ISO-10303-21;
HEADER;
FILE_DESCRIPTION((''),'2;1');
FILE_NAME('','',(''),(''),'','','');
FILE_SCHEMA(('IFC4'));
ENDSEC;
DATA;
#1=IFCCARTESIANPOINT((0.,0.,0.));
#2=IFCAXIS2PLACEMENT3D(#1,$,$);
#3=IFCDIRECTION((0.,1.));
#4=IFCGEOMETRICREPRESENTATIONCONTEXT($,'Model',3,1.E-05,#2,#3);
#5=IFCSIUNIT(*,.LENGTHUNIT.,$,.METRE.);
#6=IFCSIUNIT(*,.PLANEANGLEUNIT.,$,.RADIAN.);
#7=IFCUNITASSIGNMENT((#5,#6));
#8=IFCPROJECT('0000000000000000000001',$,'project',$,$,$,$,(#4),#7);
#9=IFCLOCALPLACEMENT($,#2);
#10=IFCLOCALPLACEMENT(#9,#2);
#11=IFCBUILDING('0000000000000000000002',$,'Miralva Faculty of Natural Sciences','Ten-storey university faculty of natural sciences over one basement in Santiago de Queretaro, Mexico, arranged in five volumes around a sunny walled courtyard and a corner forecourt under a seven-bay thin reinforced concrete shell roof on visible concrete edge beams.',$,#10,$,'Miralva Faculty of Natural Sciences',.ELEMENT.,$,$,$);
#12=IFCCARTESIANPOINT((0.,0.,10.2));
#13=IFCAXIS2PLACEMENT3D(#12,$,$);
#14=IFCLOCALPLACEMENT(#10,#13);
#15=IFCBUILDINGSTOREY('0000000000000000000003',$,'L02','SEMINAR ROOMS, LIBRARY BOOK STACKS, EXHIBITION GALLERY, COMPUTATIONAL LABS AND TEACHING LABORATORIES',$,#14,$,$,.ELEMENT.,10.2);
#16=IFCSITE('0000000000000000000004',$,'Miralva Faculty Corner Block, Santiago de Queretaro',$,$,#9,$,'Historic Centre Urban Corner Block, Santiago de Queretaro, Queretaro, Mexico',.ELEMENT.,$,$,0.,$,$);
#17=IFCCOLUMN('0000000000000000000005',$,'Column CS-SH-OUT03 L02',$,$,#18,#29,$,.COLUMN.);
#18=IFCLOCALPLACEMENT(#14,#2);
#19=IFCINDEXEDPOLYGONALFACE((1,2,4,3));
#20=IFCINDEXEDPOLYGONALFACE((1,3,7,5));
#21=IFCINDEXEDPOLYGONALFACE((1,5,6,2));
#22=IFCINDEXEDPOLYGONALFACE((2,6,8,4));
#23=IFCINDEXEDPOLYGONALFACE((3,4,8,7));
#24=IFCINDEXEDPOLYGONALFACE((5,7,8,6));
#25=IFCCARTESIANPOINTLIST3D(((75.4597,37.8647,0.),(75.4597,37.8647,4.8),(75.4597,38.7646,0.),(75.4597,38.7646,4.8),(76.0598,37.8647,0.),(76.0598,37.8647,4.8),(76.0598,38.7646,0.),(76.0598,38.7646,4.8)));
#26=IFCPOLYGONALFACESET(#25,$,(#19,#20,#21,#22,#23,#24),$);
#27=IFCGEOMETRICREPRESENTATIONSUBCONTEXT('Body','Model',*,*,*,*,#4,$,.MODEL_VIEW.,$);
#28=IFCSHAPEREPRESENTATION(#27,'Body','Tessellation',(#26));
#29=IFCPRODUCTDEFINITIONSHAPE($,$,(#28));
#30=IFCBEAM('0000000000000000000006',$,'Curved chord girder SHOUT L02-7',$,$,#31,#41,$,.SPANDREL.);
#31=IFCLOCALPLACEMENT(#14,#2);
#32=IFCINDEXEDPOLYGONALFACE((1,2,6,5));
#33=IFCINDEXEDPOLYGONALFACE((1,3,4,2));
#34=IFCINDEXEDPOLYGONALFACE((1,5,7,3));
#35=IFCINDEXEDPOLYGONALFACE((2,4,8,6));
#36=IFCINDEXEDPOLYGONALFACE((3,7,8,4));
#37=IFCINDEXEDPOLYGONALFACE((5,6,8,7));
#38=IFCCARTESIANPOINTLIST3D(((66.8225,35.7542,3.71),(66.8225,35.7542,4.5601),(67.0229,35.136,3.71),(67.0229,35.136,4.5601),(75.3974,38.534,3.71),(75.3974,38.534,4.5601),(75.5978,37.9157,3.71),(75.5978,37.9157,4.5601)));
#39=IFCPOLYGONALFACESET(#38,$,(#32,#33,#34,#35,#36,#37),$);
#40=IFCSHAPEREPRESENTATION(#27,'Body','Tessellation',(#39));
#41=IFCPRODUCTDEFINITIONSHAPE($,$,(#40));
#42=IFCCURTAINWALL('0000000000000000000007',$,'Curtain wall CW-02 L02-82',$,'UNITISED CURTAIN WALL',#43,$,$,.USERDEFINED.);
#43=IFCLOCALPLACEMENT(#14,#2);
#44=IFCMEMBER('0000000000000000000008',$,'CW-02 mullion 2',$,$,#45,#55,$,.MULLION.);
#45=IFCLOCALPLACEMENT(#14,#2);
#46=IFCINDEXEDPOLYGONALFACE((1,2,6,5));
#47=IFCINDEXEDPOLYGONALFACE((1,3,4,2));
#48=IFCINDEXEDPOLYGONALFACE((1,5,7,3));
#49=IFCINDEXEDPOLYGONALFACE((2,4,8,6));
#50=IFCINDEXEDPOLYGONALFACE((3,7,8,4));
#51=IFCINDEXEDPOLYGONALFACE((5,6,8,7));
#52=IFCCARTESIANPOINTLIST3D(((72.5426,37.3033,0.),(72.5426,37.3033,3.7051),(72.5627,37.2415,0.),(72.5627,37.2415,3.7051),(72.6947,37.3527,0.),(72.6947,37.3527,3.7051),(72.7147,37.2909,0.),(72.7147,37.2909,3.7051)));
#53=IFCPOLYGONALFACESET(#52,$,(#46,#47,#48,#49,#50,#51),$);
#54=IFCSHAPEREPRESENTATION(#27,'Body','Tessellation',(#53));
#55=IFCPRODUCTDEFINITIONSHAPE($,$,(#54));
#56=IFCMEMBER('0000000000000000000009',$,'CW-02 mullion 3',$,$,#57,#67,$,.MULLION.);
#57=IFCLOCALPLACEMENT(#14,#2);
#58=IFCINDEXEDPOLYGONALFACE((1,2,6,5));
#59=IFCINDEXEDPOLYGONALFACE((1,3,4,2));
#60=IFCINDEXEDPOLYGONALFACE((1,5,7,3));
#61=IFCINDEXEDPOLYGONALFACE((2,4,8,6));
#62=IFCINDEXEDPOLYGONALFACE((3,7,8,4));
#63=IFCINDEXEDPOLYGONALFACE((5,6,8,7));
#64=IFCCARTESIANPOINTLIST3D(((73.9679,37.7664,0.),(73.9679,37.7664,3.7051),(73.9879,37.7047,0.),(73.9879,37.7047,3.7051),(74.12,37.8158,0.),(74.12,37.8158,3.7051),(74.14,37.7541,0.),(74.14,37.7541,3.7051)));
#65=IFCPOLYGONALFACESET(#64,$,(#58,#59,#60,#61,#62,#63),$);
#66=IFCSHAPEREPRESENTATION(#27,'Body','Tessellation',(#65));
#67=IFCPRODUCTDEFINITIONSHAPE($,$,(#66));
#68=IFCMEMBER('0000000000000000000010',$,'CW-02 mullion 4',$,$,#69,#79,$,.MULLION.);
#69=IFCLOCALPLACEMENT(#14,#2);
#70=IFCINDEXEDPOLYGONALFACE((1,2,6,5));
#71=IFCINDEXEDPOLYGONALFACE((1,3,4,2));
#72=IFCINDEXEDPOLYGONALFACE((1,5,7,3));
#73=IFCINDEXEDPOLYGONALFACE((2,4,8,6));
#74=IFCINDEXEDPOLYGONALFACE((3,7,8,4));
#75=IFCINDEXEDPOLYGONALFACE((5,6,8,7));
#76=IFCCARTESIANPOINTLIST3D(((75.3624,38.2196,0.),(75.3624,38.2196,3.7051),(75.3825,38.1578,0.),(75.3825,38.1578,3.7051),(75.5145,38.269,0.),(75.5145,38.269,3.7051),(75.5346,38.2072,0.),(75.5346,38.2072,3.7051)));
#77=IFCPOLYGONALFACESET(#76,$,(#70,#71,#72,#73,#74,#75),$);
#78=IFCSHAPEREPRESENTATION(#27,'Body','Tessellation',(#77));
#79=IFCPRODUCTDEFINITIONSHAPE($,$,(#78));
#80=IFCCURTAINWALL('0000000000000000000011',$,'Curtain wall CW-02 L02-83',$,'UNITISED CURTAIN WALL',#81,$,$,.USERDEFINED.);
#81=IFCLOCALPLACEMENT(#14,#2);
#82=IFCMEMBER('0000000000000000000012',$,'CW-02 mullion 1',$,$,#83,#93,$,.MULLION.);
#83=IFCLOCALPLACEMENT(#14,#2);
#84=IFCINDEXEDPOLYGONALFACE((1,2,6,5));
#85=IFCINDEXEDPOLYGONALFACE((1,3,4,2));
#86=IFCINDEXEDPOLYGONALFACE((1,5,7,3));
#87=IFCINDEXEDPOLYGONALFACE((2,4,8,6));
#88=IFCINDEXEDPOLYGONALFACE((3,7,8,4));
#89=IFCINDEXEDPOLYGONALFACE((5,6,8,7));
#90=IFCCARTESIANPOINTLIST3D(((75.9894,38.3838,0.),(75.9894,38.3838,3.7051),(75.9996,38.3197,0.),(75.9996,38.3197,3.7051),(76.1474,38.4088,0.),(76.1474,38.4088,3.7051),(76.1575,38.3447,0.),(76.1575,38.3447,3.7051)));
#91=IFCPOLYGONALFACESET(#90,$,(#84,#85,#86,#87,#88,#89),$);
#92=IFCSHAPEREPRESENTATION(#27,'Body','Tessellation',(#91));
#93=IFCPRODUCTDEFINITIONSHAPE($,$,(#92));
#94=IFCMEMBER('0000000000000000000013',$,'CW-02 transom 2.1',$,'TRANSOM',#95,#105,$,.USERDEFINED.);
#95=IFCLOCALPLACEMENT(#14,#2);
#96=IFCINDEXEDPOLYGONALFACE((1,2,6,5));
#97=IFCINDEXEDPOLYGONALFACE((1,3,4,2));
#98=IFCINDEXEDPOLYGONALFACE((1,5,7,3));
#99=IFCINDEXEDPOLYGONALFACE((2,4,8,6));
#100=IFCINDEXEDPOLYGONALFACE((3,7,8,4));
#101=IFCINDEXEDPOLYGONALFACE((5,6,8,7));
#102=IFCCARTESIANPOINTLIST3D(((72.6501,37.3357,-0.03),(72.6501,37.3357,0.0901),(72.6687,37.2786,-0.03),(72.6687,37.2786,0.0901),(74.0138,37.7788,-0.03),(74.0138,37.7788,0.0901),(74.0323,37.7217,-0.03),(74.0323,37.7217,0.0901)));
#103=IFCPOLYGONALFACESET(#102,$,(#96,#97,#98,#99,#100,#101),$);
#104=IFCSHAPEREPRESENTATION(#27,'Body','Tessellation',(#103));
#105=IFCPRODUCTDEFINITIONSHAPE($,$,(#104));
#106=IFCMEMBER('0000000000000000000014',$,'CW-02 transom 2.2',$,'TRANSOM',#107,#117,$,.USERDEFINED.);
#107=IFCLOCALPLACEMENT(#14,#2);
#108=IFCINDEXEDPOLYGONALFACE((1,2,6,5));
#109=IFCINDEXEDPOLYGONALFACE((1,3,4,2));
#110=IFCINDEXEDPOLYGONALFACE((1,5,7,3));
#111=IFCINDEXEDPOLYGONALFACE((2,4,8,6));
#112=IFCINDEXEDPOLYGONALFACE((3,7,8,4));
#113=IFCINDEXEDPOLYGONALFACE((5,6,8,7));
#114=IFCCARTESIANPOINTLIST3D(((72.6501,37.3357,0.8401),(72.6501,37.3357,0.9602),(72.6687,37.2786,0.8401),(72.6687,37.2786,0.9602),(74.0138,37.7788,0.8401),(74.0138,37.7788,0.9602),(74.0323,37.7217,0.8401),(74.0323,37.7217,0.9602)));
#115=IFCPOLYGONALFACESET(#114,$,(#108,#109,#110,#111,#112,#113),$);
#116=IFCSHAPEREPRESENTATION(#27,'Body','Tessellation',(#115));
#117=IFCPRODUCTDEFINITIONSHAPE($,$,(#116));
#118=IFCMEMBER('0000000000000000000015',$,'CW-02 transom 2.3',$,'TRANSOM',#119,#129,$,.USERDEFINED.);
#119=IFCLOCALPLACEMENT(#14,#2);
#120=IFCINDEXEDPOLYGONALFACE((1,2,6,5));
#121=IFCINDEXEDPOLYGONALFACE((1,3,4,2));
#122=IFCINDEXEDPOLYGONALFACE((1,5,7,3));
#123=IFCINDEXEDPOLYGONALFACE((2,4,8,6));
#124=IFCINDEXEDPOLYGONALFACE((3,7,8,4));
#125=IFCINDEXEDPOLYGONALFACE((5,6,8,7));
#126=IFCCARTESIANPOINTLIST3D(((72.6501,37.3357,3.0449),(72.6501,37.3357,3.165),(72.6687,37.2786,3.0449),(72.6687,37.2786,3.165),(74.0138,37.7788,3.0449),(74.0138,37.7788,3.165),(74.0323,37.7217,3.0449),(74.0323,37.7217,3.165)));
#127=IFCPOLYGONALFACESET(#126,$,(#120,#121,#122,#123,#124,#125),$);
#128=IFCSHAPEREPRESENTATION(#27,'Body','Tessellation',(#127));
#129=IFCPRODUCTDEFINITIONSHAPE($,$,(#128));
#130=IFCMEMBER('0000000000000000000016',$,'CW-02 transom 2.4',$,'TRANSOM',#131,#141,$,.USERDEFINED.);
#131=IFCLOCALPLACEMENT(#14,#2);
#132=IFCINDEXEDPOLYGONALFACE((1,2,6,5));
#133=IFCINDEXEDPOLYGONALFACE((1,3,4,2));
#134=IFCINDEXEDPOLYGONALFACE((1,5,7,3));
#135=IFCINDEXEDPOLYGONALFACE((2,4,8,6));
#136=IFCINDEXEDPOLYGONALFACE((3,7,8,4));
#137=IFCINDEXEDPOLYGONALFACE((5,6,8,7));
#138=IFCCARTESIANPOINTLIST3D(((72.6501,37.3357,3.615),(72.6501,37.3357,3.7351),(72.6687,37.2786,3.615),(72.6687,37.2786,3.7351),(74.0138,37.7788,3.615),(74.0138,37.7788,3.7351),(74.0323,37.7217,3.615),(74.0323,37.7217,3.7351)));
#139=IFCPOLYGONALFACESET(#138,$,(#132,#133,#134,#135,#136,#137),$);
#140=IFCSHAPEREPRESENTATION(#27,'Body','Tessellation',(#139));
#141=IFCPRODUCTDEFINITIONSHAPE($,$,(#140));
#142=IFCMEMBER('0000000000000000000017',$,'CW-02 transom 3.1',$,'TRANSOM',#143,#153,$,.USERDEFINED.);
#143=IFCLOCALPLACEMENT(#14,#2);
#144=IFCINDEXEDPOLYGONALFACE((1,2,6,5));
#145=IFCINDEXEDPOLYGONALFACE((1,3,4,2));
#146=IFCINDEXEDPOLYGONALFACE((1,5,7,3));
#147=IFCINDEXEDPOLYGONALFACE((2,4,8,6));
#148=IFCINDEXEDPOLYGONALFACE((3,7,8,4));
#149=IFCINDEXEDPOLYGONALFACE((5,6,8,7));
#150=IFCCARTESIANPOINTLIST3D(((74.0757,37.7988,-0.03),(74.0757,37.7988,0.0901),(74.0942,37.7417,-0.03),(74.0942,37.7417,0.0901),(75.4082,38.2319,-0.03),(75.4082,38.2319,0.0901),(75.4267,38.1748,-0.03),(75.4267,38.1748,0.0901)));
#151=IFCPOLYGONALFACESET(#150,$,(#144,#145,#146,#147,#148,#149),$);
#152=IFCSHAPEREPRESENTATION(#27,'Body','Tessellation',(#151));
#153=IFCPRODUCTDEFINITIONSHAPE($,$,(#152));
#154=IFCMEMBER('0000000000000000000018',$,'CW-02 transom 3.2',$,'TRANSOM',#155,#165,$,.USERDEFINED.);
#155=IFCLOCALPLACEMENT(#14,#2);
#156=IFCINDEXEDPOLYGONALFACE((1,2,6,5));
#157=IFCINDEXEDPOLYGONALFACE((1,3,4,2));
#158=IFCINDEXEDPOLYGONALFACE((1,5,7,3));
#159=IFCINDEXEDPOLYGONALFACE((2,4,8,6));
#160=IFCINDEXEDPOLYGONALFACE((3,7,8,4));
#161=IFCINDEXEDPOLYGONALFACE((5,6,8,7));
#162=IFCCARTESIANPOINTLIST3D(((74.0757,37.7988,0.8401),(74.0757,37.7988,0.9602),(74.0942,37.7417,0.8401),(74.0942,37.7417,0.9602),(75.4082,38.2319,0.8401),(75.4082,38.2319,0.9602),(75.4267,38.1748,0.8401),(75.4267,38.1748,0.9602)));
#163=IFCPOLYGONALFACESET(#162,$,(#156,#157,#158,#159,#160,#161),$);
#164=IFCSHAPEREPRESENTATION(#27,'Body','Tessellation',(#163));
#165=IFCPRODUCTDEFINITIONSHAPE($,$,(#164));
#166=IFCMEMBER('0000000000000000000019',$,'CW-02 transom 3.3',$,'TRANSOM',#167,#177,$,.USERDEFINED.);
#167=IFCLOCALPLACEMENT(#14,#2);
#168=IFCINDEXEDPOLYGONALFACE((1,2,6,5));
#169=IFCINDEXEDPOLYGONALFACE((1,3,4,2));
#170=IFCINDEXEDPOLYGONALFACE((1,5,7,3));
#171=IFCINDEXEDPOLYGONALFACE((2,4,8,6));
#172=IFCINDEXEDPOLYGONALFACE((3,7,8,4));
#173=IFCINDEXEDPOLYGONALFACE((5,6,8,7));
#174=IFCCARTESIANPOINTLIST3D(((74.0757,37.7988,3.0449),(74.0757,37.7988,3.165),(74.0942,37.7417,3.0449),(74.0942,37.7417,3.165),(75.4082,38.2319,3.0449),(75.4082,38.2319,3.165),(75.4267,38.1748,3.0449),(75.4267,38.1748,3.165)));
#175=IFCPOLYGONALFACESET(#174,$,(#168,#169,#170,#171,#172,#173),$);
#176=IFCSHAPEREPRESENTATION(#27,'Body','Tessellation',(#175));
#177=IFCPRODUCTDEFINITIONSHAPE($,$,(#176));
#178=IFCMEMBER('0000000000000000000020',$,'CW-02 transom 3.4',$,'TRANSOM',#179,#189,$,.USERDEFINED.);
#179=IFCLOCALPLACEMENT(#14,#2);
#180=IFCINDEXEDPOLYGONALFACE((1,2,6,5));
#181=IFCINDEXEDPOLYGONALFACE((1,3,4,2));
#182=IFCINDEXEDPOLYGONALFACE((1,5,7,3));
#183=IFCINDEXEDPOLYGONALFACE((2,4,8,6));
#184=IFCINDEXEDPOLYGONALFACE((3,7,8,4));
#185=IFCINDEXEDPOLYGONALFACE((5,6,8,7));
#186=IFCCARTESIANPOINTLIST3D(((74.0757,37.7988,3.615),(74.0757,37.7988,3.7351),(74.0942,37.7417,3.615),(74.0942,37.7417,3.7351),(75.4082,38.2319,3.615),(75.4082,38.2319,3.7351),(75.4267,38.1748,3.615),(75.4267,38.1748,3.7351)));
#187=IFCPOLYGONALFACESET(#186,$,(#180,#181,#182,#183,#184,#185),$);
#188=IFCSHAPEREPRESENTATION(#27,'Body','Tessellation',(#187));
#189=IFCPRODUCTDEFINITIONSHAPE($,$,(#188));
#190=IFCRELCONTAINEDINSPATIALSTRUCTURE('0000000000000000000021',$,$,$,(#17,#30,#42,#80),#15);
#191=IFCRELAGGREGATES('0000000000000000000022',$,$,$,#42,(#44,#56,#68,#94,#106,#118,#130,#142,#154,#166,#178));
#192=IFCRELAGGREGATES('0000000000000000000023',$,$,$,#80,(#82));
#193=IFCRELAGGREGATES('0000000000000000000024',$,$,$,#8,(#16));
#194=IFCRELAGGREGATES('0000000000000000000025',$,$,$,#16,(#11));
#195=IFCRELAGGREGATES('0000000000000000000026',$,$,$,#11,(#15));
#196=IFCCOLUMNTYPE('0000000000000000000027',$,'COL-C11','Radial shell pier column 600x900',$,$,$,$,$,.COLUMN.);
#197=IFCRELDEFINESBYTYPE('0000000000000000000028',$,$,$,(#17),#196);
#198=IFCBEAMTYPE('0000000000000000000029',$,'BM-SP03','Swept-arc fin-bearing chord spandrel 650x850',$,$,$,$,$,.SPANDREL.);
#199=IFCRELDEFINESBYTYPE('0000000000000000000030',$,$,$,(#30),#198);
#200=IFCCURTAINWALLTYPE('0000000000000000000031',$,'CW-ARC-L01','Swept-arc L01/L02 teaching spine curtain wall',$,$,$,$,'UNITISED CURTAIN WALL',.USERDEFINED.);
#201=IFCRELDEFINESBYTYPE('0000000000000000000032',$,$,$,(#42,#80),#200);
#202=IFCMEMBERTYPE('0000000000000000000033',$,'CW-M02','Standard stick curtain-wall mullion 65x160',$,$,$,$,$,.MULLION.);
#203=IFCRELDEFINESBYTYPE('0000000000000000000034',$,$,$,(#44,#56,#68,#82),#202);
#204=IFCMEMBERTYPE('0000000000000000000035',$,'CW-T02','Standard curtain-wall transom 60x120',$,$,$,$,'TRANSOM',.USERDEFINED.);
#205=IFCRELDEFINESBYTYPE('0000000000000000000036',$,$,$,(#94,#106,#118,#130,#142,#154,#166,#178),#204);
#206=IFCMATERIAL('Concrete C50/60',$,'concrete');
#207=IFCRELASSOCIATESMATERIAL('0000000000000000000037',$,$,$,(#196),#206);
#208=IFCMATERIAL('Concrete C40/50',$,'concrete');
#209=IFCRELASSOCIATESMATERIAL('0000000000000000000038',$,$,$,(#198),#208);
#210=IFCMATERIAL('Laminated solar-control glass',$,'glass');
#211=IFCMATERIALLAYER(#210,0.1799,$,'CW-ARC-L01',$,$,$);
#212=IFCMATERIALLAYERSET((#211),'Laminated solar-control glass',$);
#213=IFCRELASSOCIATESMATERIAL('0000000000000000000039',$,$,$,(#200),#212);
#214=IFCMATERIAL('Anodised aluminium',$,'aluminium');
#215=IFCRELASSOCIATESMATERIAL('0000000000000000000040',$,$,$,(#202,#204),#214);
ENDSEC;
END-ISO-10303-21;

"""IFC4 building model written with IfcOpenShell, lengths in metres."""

from ifc_helpers import new_model, si_unit, direction, frame, origin, origin_2d, place, context, subcontext, project, spatial, rectangle, extrude, material, layer, layer_set, material_profile, profile_set, type_object, element, aggregate, save


model = new_model("IFC4")

# Units and contexts
model_context = context("Model", 3, precision=1e-05, world=origin(), true_north=direction((0.0, 1.0)))
body_context = subcontext(model_context, "Body", "Model", "MODEL_VIEW")
ifc_project = project(units=[si_unit("LENGTHUNIT", "METRE"), si_unit("PLANEANGLEUNIT", "RADIAN")], contexts=[model_context])

# Site, building, storey
site_placement = place(None, origin())
site = spatial("IfcSite", under=ifc_project, at=site_placement, Name="Miralva Faculty Corner Block, Santiago de Queretaro", LongName="Historic Centre Urban Corner Block, Santiago de Queretaro, Queretaro, Mexico", CompositionType="ELEMENT", RefElevation=0.0)
building_placement = place(site_placement, origin())
building = spatial("IfcBuilding", under=site, at=building_placement, Name="Miralva Faculty of Natural Sciences", Description="Ten-storey university faculty of natural sciences over one basement in Santiago de Queretaro, Mexico, arranged in five volumes around a sunny walled courtyard and a corner forecourt under a seven-bay thin reinforced concrete shell roof on visible concrete edge beams.", LongName="Miralva Faculty of Natural Sciences", CompositionType="ELEMENT")
storey_placement = place(building_placement, frame((0.0, 0.0, 10.2)))
storey = spatial("IfcBuildingStorey", under=building, at=storey_placement, Name="L02", Description="SEMINAR ROOMS, LIBRARY BOOK STACKS, EXHIBITION GALLERY, COMPUTATIONAL LABS AND TEACHING LABORATORIES", CompositionType="ELEMENT", Elevation=10.2)

# Column
ifc_material_1 = material(Name="Concrete C50/60", Category="concrete")
ifc_material_profile_1 = material_profile(ifc_material_1, rectangle(XDim=0.6001, YDim=0.8999, at=origin_2d()), Name="RC 600x900")
ifc_profile_set_1 = profile_set([ifc_material_profile_1], Name="Concrete C50/60")
column_type = type_object("IfcColumnType", Name="COL-C11", Description="Radial shell pier column 600x900", PredefinedType="COLUMN", material=ifc_profile_set_1)
column_placement = place(storey_placement, frame((75.7598, 38.3147, 0.0), z_axis=(0.0, 0.0, 1.0), x_axis=(1.0, 0.0, 0.0)))
element("IfcColumn", 1, at=column_placement, inside=storey, type_object=column_type, Name="Column CS-SH-OUT03 L02", PredefinedType="COLUMN", context=body_context, shape_type="SweptSolid", body=[
    extrude(rectangle(XDim=0.6001, YDim=0.8999, at=origin_2d()), origin(), (0.0, 0.0, 1.0), 4.8),
])

# Beam
ifc_material_2 = material(Name="Concrete C40/50", Category="concrete")
ifc_material_profile_2 = material_profile(ifc_material_2, rectangle(XDim=0.6499, YDim=0.8501, at=origin_2d()), Name="RC 650x850")
ifc_profile_set_2 = profile_set([ifc_material_profile_2], Name="Concrete C40/50")
beam_type = type_object("IfcBeamType", Name="BM-SP03", Description="Swept-arc fin-bearing chord spandrel 650x850", PredefinedType="SPANDREL", material=ifc_profile_set_2)
beam_placement = place(storey_placement, frame((75.4976, 38.2249, 4.135), z_axis=(-0.951264, -0.308376, 0.0), x_axis=(0.308376, -0.951264, 0.0)))
element("IfcBeam", 2, at=beam_placement, inside=storey, type_object=beam_type, Name="Curved chord girder SHOUT L02-7", PredefinedType="SPANDREL", context=body_context, shape_type="SweptSolid", body=[
    extrude(rectangle(XDim=0.6499, YDim=0.8501, at=origin_2d()), origin(), (0.0, 0.0, 1.0), 9.0142),
])

# Curtain wall, members
ifc_material_3 = material(Name="Laminated solar-control glass", Category="glass")
ifc_layer_1 = layer(ifc_material_3, 0.1799, Name="CW-ARC-L01")
ifc_layer_set_1 = layer_set([ifc_layer_1], Name="Laminated solar-control glass")
curtain_wall_type = type_object("IfcCurtainWallType", Name="CW-ARC-L01", Description="Swept-arc L01/L02 teaching spine curtain wall", ElementType="UNITISED CURTAIN WALL", PredefinedType="USERDEFINED", material=ifc_layer_set_1)
curtain_wall_1_placement = place(storey_placement, origin())
curtain_wall_1 = element("IfcCurtainWall", 3, at=curtain_wall_1_placement, inside=storey, type_object=curtain_wall_type, Name="Curtain wall CW-02 L02-82", ObjectType="UNITISED CURTAIN WALL", PredefinedType="USERDEFINED")
ifc_material_4 = material(Name="Anodised aluminium", Category="aluminium")
ifc_material_profile_3 = material_profile(ifc_material_4, rectangle(XDim=0.0649, YDim=0.1599, at=origin_2d()), Name="MULLION 65x160")
ifc_profile_set_3 = profile_set([ifc_material_profile_3], Name="Anodised aluminium")
member_type_1 = type_object("IfcMemberType", Name="CW-M02", Description="Standard stick curtain-wall mullion 65x160", PredefinedType="MULLION", material=ifc_profile_set_3)
member_1_placement = place(storey_placement, frame((72.6287, 37.2971, 0.0), z_axis=(0.0, 0.0, 1.0), x_axis=(-0.309006, 0.95106, 0.0)))
member_1 = element("IfcMember", 4, at=member_1_placement, type_object=member_type_1, Name="CW-02 mullion 2", PredefinedType="MULLION", context=body_context, shape_type="SweptSolid", body=[
    extrude(rectangle(XDim=0.0649, YDim=0.1599, at=origin_2d()), origin(), (0.0, 0.0, 1.0), 3.7051),
])
member_2_placement = place(storey_placement, frame((74.054, 37.7603, 0.0), z_axis=(0.0, 0.0, 1.0), x_axis=(-0.309006, 0.95106, 0.0)))
member_2 = element("IfcMember", 5, at=member_2_placement, type_object=member_type_1, Name="CW-02 mullion 3", PredefinedType="MULLION", context=body_context, shape_type="SweptSolid", body=[
    extrude(rectangle(XDim=0.0649, YDim=0.1599, at=origin_2d()), origin(), (0.0, 0.0, 1.0), 3.7051),
])
member_3_placement = place(storey_placement, frame((75.4485, 38.2134, 0.0), z_axis=(0.0, 0.0, 1.0), x_axis=(-0.309006, 0.95106, 0.0)))
member_3 = element("IfcMember", 6, at=member_3_placement, type_object=member_type_1, Name="CW-02 mullion 4", PredefinedType="MULLION", context=body_context, shape_type="SweptSolid", body=[
    extrude(rectangle(XDim=0.0649, YDim=0.1599, at=origin_2d()), origin(), (0.0, 0.0, 1.0), 3.7051),
])

# Curtain wall, member
curtain_wall_2_placement = place(storey_placement, origin())
curtain_wall_2 = element("IfcCurtainWall", 7, at=curtain_wall_2_placement, inside=storey, type_object=curtain_wall_type, Name="Curtain wall CW-02 L02-83", ObjectType="UNITISED CURTAIN WALL", PredefinedType="USERDEFINED")
member_4_placement = place(storey_placement, frame((76.0735, 38.3643, 0.0), z_axis=(0.0, 0.0, 1.0), x_axis=(-0.156431, 0.987689, 0.0)))
member_4 = element("IfcMember", 8, at=member_4_placement, type_object=member_type_1, Name="CW-02 mullion 1", PredefinedType="MULLION", context=body_context, shape_type="SweptSolid", body=[
    extrude(rectangle(XDim=0.0649, YDim=0.1599, at=origin_2d()), origin(), (0.0, 0.0, 1.0), 3.7051),
])

# Members
ifc_material_profile_4 = material_profile(ifc_material_4, rectangle(XDim=0.0601, YDim=0.1201, at=origin_2d()), Name="TRANSOM 60x120")
ifc_profile_set_4 = profile_set([ifc_material_profile_4], Name="Anodised aluminium")
member_type_2 = type_object("IfcMemberType", Name="CW-T02", Description="Standard curtain-wall transom 60x120", ElementType="TRANSOM", PredefinedType="USERDEFINED", material=ifc_profile_set_4)
member_5_placement = place(storey_placement, frame((72.6594, 37.3071, 0.03), z_axis=(0.95104, 0.309067, 0.0), x_axis=(-0.309067, 0.95104, 0.0)))
member_5 = element("IfcMember", 9, at=member_5_placement, type_object=member_type_2, Name="CW-02 transom 2.1", ObjectType="TRANSOM", PredefinedType="USERDEFINED", context=body_context, shape_type="SweptSolid", body=[
    extrude(rectangle(XDim=0.0601, YDim=0.1201, at=origin_2d()), origin(), (0.0, 0.0, 1.0), 1.4338),
])
member_6_placement = place(storey_placement, frame((72.6594, 37.3071, 0.9001), z_axis=(0.95104, 0.309067, 0.0), x_axis=(-0.309067, 0.95104, 0.0)))
member_6 = element("IfcMember", 10, at=member_6_placement, type_object=member_type_2, Name="CW-02 transom 2.2", ObjectType="TRANSOM", PredefinedType="USERDEFINED", context=body_context, shape_type="SweptSolid", body=[
    extrude(rectangle(XDim=0.0601, YDim=0.1201, at=origin_2d()), origin(), (0.0, 0.0, 1.0), 1.4338),
])
member_7_placement = place(storey_placement, frame((72.6594, 37.3071, 3.105), z_axis=(0.95104, 0.309067, 0.0), x_axis=(-0.309067, 0.95104, 0.0)))
member_7 = element("IfcMember", 11, at=member_7_placement, type_object=member_type_2, Name="CW-02 transom 2.3", ObjectType="TRANSOM", PredefinedType="USERDEFINED", context=body_context, shape_type="SweptSolid", body=[
    extrude(rectangle(XDim=0.0601, YDim=0.1201, at=origin_2d()), origin(), (0.0, 0.0, 1.0), 1.4338),
])
member_8_placement = place(storey_placement, frame((72.6594, 37.3071, 3.675), z_axis=(0.95104, 0.309067, 0.0), x_axis=(-0.309067, 0.95104, 0.0)))
member_8 = element("IfcMember", 12, at=member_8_placement, type_object=member_type_2, Name="CW-02 transom 2.4", ObjectType="TRANSOM", PredefinedType="USERDEFINED", context=body_context, shape_type="SweptSolid", body=[
    extrude(rectangle(XDim=0.0601, YDim=0.1201, at=origin_2d()), origin(), (0.0, 0.0, 1.0), 1.4338),
])
member_9_placement = place(storey_placement, frame((74.085, 37.7703, 0.03), z_axis=(0.951026, 0.30911, 0.0), x_axis=(-0.30911, 0.951026, 0.0)))
member_9 = element("IfcMember", 13, at=member_9_placement, type_object=member_type_2, Name="CW-02 transom 3.1", ObjectType="TRANSOM", PredefinedType="USERDEFINED", context=body_context, shape_type="SweptSolid", body=[
    extrude(rectangle(XDim=0.0601, YDim=0.1201, at=origin_2d()), origin(), (0.0, 0.0, 1.0), 1.4011),
])
member_10_placement = place(storey_placement, frame((74.085, 37.7703, 0.9001), z_axis=(0.951026, 0.30911, 0.0), x_axis=(-0.30911, 0.951026, 0.0)))
member_10 = element("IfcMember", 14, at=member_10_placement, type_object=member_type_2, Name="CW-02 transom 3.2", ObjectType="TRANSOM", PredefinedType="USERDEFINED", context=body_context, shape_type="SweptSolid", body=[
    extrude(rectangle(XDim=0.0601, YDim=0.1201, at=origin_2d()), origin(), (0.0, 0.0, 1.0), 1.4011),
])
member_11_placement = place(storey_placement, frame((74.085, 37.7703, 3.105), z_axis=(0.951026, 0.30911, 0.0), x_axis=(-0.30911, 0.951026, 0.0)))
member_11 = element("IfcMember", 15, at=member_11_placement, type_object=member_type_2, Name="CW-02 transom 3.3", ObjectType="TRANSOM", PredefinedType="USERDEFINED", context=body_context, shape_type="SweptSolid", body=[
    extrude(rectangle(XDim=0.0601, YDim=0.1201, at=origin_2d()), origin(), (0.0, 0.0, 1.0), 1.4011),
])
member_12_placement = place(storey_placement, frame((74.085, 37.7703, 3.675), z_axis=(0.951026, 0.30911, 0.0), x_axis=(-0.30911, 0.951026, 0.0)))
member_12 = element("IfcMember", 16, at=member_12_placement, type_object=member_type_2, Name="CW-02 transom 3.4", ObjectType="TRANSOM", PredefinedType="USERDEFINED", context=body_context, shape_type="SweptSolid", body=[
    extrude(rectangle(XDim=0.0601, YDim=0.1201, at=origin_2d()), origin(), (0.0, 0.0, 1.0), 1.4011),
])

aggregate(curtain_wall_1, [member_1, member_2, member_3, member_5, member_6, member_7, member_8, member_9, member_10, member_11, member_12])
aggregate(curtain_wall_2, [member_4])

save(model, "model.ifc")
